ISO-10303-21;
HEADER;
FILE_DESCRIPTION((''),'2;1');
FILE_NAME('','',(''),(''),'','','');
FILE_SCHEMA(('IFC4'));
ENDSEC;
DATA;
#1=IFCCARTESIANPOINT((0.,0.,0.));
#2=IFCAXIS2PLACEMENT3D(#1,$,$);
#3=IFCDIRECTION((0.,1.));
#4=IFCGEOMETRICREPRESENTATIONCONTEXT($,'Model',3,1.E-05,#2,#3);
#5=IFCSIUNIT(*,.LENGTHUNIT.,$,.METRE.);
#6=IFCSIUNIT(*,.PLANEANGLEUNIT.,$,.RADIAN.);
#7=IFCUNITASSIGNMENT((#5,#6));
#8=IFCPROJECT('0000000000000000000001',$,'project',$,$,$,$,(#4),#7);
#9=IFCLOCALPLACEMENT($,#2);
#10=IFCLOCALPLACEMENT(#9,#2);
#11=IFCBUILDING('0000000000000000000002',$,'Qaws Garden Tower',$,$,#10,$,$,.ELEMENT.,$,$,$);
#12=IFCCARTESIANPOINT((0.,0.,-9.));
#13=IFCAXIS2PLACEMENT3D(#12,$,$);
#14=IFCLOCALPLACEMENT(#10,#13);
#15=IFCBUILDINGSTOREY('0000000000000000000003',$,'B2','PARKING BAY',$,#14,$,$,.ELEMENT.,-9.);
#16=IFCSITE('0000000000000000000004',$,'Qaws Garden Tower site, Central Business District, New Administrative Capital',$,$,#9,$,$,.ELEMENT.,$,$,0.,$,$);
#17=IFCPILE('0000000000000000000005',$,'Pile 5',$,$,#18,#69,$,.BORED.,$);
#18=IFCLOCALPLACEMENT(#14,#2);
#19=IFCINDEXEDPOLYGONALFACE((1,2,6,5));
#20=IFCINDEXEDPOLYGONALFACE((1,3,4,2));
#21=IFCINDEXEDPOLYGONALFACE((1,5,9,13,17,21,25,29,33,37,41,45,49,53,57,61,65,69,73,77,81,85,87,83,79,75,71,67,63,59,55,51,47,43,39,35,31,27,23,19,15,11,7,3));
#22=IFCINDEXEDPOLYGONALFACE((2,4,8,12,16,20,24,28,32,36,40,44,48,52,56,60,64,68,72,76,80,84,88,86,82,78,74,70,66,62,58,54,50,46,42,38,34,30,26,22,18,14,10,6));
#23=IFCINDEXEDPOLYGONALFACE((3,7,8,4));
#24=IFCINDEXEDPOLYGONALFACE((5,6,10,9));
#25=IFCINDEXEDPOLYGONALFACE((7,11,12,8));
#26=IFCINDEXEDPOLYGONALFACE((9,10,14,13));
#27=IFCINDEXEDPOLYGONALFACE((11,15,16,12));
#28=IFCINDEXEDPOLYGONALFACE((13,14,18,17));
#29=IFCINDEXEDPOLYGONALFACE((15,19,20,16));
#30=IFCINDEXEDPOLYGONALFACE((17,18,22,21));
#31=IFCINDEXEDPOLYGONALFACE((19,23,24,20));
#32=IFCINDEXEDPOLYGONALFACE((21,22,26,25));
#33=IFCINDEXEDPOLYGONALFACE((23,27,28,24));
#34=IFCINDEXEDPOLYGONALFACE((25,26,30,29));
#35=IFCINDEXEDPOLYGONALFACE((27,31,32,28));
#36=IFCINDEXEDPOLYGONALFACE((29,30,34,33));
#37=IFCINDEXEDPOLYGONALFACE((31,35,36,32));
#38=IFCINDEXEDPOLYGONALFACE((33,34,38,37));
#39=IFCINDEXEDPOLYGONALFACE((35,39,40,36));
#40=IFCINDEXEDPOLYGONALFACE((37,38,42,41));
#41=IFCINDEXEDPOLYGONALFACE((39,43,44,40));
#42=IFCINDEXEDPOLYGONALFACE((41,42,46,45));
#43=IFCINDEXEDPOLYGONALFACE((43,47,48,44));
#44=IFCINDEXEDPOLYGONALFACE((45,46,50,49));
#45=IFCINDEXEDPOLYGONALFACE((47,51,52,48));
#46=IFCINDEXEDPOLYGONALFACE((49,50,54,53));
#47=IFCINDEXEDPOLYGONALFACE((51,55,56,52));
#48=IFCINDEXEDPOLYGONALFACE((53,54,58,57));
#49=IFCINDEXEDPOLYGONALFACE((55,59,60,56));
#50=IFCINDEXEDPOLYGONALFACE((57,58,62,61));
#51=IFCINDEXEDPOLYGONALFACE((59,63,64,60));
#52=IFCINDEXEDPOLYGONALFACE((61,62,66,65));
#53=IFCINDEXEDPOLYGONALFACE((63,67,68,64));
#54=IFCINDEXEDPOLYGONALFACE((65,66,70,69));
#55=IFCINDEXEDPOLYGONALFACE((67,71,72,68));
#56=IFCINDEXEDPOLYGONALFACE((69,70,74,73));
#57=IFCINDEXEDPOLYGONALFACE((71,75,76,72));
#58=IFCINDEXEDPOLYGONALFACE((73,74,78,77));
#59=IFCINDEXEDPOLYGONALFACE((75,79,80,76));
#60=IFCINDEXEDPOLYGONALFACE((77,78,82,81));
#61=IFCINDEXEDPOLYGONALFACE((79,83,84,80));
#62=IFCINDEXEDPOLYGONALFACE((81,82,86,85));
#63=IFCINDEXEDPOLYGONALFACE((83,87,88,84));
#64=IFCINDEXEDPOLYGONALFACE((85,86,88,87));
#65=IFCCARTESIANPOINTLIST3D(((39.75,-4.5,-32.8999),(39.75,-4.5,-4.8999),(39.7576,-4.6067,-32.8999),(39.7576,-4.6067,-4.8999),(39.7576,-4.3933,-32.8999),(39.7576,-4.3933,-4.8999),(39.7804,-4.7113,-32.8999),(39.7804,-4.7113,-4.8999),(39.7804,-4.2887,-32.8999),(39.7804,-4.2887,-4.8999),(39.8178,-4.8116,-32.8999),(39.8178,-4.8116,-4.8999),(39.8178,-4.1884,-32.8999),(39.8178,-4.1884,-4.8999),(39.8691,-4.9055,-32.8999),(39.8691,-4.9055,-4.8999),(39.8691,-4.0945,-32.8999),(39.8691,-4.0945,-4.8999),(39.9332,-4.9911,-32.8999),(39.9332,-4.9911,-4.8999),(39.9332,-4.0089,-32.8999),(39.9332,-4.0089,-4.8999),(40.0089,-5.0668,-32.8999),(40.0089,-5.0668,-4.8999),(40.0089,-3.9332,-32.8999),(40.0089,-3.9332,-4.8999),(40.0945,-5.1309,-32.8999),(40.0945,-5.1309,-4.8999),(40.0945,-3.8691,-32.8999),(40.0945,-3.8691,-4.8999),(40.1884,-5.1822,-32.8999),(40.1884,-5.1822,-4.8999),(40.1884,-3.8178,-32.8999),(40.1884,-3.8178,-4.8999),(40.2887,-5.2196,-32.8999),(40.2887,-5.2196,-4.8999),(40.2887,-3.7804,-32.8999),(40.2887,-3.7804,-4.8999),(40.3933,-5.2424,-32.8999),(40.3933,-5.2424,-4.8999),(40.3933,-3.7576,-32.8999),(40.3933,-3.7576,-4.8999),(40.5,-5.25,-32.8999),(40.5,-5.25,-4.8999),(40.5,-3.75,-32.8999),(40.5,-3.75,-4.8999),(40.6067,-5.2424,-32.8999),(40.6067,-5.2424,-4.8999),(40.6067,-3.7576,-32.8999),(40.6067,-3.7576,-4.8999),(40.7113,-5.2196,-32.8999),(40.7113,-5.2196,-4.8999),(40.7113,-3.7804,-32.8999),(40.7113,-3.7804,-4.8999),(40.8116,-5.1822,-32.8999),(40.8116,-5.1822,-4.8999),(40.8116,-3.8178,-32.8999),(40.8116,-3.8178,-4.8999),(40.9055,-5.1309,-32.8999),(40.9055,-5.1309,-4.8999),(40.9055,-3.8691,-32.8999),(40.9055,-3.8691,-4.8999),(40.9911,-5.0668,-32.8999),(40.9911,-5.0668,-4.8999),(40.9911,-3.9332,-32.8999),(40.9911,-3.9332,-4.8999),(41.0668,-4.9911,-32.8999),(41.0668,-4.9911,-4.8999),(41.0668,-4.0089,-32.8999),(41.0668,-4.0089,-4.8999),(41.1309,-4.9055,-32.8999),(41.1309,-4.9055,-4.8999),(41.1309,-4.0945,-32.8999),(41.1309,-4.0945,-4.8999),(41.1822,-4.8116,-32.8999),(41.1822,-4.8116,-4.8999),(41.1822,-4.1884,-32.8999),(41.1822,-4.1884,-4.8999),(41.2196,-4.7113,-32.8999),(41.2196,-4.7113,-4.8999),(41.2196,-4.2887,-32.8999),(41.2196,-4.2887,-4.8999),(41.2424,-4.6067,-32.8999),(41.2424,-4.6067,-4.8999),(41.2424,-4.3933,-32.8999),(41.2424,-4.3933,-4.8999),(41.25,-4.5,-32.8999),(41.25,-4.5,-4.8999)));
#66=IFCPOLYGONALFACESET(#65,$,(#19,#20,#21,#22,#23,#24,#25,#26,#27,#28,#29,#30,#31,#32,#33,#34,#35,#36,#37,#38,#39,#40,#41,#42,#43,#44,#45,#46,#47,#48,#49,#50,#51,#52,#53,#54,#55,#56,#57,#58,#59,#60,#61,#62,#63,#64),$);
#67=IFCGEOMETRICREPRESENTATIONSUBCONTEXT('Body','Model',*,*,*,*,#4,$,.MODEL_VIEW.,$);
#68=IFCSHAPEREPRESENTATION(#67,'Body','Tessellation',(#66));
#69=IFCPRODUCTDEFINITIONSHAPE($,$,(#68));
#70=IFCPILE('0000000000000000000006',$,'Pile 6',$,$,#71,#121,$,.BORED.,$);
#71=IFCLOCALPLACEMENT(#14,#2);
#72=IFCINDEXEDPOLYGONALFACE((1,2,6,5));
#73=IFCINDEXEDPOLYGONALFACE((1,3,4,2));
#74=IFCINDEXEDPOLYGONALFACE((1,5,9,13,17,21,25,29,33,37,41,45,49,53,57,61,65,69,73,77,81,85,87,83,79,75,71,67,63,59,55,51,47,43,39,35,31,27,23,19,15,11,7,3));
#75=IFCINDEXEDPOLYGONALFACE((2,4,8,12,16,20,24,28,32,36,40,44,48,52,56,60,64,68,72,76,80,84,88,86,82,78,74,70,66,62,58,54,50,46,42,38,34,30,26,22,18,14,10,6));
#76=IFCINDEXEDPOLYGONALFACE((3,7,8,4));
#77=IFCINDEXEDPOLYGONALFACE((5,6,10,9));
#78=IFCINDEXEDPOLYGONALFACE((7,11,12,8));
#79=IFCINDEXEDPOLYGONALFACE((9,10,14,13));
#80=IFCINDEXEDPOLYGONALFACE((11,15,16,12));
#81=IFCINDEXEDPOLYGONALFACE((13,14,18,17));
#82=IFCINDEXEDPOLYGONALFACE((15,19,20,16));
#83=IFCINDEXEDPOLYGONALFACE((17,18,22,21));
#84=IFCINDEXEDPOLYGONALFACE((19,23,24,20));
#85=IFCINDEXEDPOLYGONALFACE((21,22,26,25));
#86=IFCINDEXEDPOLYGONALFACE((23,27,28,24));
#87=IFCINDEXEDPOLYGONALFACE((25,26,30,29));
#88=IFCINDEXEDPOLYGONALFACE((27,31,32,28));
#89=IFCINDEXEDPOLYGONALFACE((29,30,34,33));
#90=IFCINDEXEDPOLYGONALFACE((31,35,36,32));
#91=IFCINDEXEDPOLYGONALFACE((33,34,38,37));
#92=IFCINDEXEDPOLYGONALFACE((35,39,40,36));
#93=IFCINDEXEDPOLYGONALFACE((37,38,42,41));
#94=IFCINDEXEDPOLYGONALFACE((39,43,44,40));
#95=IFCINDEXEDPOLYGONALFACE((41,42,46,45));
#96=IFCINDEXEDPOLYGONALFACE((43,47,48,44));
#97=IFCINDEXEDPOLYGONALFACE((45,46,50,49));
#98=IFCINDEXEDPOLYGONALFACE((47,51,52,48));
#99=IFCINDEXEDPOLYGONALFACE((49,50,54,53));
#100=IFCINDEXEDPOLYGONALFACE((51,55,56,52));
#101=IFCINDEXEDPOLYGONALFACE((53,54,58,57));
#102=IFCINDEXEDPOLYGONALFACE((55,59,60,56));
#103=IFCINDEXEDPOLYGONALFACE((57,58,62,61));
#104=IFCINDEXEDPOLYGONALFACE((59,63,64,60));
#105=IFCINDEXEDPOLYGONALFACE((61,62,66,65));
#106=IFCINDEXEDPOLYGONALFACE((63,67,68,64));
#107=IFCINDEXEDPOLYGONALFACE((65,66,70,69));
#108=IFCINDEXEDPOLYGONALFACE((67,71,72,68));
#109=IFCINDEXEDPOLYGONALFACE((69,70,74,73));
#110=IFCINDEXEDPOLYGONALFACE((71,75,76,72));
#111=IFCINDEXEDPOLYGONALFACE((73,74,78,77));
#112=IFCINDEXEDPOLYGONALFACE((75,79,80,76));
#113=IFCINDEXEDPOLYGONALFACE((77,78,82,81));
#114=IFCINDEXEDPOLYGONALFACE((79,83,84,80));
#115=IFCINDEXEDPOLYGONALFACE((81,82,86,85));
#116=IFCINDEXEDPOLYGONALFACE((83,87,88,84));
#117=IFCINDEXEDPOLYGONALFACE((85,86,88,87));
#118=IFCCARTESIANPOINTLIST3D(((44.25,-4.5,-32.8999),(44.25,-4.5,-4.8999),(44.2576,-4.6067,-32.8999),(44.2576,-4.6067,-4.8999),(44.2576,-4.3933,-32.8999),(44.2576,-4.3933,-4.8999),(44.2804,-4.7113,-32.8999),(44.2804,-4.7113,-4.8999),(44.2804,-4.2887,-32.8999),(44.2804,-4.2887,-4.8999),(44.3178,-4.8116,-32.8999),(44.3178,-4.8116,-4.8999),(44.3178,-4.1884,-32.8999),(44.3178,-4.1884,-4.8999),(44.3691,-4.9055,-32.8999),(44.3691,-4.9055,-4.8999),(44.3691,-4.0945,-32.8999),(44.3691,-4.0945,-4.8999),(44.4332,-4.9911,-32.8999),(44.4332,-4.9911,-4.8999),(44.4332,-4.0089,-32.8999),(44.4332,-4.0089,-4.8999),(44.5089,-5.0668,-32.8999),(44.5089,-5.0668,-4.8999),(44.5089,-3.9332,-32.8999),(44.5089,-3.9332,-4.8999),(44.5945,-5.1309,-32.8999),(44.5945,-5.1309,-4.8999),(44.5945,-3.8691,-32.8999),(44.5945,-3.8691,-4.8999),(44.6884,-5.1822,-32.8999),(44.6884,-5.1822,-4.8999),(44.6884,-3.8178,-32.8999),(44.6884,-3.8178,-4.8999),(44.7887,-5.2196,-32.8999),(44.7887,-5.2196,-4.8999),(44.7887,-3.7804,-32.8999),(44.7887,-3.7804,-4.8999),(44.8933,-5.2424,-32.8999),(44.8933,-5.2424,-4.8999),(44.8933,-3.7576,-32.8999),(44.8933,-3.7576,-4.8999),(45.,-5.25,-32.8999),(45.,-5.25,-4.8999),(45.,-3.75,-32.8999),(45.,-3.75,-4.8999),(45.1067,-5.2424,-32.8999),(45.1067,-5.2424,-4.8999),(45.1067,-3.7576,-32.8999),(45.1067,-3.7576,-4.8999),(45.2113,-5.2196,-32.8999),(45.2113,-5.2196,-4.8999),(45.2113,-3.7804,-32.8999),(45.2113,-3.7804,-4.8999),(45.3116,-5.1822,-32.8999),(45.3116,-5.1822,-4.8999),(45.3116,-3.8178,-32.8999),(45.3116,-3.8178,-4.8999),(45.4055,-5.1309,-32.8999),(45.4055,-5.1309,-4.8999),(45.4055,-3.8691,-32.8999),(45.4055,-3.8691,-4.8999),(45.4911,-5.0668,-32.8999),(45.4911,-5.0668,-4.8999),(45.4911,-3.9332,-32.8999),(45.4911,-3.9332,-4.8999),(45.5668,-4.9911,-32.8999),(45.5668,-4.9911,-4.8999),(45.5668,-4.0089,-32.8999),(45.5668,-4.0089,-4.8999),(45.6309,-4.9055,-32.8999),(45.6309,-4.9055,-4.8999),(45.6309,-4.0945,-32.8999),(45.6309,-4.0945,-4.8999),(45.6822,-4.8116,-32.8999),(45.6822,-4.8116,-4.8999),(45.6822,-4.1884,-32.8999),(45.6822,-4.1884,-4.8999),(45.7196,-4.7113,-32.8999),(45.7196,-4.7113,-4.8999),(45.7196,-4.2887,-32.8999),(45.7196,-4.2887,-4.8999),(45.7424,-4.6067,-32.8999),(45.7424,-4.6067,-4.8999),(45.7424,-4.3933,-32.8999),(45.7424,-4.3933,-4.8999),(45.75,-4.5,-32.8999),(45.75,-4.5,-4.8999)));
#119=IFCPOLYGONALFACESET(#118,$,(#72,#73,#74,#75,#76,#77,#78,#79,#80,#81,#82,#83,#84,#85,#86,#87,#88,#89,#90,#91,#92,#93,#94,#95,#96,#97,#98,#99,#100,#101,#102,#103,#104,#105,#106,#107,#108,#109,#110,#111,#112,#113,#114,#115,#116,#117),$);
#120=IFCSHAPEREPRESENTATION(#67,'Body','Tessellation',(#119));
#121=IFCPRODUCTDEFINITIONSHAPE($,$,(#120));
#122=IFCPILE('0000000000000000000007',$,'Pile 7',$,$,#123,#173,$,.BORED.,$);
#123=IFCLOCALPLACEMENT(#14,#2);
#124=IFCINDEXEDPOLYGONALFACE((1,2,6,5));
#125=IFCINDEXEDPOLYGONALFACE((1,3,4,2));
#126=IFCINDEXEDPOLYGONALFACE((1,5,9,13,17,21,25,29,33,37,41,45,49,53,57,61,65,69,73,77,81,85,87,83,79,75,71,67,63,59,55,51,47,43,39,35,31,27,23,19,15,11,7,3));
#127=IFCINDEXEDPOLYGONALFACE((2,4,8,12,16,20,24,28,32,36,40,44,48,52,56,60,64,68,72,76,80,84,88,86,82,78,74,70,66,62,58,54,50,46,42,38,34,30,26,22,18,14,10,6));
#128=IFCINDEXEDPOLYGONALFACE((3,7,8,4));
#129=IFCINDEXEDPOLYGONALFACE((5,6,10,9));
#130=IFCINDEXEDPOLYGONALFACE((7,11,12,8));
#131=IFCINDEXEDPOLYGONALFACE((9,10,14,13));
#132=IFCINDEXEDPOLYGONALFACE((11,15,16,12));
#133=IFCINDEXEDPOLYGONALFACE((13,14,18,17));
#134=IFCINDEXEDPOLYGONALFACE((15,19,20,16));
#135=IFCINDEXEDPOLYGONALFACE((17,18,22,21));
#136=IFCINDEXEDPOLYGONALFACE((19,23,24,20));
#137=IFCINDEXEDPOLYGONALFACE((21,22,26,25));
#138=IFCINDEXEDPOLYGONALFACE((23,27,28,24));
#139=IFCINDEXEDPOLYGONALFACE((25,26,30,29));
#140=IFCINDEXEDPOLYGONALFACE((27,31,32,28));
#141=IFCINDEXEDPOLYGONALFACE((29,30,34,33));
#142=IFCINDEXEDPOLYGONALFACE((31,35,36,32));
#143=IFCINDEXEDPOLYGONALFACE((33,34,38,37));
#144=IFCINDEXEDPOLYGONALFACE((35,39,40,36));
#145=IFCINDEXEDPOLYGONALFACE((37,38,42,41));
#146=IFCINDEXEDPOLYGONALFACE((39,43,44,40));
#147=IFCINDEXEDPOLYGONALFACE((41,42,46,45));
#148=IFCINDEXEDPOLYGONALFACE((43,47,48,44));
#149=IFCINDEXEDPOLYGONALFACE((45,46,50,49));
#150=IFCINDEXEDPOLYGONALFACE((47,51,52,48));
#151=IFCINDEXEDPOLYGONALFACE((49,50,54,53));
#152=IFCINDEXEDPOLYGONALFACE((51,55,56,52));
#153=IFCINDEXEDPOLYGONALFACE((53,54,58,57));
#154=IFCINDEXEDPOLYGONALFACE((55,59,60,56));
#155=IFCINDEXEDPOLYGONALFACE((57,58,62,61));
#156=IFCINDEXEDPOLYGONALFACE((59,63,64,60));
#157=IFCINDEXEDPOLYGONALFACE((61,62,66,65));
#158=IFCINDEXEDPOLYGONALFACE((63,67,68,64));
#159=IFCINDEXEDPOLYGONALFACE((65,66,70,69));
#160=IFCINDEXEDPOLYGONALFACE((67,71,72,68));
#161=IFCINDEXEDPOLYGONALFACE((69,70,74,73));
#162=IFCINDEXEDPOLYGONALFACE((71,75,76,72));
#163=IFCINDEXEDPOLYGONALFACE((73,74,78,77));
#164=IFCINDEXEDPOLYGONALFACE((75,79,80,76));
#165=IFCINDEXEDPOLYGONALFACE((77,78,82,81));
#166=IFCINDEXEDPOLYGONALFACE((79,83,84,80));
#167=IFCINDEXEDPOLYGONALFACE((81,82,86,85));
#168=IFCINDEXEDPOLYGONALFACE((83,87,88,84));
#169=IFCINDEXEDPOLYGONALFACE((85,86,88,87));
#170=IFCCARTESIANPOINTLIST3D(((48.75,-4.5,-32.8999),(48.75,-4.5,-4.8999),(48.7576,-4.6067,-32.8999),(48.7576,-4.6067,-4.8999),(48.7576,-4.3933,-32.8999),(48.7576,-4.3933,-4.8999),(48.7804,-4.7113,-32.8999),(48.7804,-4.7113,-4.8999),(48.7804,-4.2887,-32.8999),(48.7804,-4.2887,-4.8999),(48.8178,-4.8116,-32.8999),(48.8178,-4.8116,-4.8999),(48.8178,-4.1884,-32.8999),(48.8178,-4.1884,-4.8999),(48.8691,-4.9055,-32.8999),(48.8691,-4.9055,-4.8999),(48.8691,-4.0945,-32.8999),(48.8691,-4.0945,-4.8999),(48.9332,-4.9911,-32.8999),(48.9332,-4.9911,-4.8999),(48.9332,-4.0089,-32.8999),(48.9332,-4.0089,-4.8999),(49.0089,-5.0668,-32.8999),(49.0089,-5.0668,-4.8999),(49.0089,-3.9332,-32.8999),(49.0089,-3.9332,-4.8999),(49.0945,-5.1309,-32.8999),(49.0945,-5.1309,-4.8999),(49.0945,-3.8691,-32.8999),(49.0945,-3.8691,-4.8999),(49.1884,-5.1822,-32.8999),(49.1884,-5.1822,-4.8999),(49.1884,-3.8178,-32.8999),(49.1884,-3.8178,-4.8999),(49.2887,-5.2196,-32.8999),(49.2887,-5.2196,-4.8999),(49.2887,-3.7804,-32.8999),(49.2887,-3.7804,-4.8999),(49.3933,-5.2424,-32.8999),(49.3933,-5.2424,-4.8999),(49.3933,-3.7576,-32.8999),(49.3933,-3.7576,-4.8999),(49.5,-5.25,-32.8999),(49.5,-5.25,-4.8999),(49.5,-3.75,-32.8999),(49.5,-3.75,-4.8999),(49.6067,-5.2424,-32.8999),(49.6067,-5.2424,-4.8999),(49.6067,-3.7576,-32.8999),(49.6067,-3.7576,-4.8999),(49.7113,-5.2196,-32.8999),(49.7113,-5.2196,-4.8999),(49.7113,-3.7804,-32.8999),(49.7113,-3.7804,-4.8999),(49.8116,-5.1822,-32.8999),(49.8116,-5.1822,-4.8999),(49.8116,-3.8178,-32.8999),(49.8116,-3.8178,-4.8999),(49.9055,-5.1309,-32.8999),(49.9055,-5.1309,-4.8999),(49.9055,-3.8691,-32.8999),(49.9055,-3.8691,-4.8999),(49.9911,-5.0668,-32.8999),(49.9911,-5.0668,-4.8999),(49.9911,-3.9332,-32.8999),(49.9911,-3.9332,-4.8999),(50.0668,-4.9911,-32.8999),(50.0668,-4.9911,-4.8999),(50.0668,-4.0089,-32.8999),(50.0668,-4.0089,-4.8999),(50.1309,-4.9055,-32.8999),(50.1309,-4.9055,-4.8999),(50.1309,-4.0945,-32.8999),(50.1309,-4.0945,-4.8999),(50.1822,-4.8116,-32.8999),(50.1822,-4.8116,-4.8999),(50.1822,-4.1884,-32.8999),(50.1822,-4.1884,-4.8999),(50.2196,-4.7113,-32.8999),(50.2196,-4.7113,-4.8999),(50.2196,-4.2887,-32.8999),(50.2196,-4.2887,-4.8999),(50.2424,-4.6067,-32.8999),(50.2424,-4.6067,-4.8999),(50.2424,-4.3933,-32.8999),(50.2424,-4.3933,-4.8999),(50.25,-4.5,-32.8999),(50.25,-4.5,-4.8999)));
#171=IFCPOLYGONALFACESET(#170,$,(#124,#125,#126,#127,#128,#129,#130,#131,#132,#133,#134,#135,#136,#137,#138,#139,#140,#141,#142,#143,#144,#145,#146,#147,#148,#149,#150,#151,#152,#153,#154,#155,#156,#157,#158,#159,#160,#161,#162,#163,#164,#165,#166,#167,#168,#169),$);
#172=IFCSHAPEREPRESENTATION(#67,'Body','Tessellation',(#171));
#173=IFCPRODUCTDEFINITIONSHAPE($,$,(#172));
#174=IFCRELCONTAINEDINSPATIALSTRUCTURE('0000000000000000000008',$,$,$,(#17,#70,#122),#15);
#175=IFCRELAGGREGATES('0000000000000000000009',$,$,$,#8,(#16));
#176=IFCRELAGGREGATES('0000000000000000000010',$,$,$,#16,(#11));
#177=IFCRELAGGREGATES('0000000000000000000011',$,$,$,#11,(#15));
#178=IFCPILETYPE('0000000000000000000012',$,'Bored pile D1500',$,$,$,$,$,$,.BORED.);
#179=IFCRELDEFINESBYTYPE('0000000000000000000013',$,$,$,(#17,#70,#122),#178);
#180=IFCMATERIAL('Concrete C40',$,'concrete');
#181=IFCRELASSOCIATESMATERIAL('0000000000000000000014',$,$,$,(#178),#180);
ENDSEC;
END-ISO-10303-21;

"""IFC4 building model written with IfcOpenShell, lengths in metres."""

from ifc_helpers import new_model, si_unit, direction, frame, origin, origin_2d, place, context, subcontext, project, spatial, circle, extrude, material, material_profile, profile_set, type_object, element, save


model = new_model("IFC4")

# Units and contexts
model_context = context("Model", 3, precision=1e-05, world=origin(), true_north=direction((0.0, 1.0)))
body_context = subcontext(model_context, "Body", "Model", "MODEL_VIEW")
ifc_project = project(units=[si_unit("LENGTHUNIT", "METRE"), si_unit("PLANEANGLEUNIT", "RADIAN")], contexts=[model_context])

# Site, building, storey
site_placement = place(None, origin())
site = spatial("IfcSite", under=ifc_project, at=site_placement, Name="Qaws Garden Tower site, Central Business District, New Administrative Capital", CompositionType="ELEMENT", RefElevation=0.0)
building_placement = place(site_placement, origin())
building = spatial("IfcBuilding", under=site, at=building_placement, Name="Qaws Garden Tower", CompositionType="ELEMENT")
storey_placement = place(building_placement, frame((0.0, 0.0, -9.0)))
storey = spatial("IfcBuildingStorey", under=building, at=storey_placement, Name="B2", Description="PARKING BAY", CompositionType="ELEMENT", Elevation=-9.0)

# Piles
ifc_material_1 = material(Name="Concrete C40", Category="concrete")
ifc_material_profile_1 = material_profile(ifc_material_1, circle(Radius=0.75, at=origin_2d()), Name="Bored pile D1500")
ifc_profile_set_1 = profile_set([ifc_material_profile_1], Name="Concrete C40")
pile_type = type_object("IfcPileType", Name="Bored pile D1500", PredefinedType="BORED", material=ifc_profile_set_1)
for number, where, z_axis, x_axis, name in (
    (1, (40.5, -4.5, -4.8999), (0.0, 0.0, -1.0), (1.0, 0.0, 0.0), "Pile 5"),
    (2, (45.0, -4.5, -4.8999), (0.0, 0.0, -1.0), (1.0, 0.0, 0.0), "Pile 6"),
    (3, (49.5, -4.5, -4.8999), (0.0, 0.0, -1.0), (1.0, 0.0, 0.0), "Pile 7"),
):
    element("IfcPile", number, at=place(storey_placement, frame(where, z_axis=z_axis, x_axis=x_axis)), inside=storey, type_object=pile_type, Name=name, PredefinedType="BORED", context=body_context, shape_type="SweptSolid", body=[
        extrude(circle(Radius=0.75, at=origin_2d()), origin(), (0.0, 0.0, 1.0), 28.0),
    ])

save(model, "model.ifc")
